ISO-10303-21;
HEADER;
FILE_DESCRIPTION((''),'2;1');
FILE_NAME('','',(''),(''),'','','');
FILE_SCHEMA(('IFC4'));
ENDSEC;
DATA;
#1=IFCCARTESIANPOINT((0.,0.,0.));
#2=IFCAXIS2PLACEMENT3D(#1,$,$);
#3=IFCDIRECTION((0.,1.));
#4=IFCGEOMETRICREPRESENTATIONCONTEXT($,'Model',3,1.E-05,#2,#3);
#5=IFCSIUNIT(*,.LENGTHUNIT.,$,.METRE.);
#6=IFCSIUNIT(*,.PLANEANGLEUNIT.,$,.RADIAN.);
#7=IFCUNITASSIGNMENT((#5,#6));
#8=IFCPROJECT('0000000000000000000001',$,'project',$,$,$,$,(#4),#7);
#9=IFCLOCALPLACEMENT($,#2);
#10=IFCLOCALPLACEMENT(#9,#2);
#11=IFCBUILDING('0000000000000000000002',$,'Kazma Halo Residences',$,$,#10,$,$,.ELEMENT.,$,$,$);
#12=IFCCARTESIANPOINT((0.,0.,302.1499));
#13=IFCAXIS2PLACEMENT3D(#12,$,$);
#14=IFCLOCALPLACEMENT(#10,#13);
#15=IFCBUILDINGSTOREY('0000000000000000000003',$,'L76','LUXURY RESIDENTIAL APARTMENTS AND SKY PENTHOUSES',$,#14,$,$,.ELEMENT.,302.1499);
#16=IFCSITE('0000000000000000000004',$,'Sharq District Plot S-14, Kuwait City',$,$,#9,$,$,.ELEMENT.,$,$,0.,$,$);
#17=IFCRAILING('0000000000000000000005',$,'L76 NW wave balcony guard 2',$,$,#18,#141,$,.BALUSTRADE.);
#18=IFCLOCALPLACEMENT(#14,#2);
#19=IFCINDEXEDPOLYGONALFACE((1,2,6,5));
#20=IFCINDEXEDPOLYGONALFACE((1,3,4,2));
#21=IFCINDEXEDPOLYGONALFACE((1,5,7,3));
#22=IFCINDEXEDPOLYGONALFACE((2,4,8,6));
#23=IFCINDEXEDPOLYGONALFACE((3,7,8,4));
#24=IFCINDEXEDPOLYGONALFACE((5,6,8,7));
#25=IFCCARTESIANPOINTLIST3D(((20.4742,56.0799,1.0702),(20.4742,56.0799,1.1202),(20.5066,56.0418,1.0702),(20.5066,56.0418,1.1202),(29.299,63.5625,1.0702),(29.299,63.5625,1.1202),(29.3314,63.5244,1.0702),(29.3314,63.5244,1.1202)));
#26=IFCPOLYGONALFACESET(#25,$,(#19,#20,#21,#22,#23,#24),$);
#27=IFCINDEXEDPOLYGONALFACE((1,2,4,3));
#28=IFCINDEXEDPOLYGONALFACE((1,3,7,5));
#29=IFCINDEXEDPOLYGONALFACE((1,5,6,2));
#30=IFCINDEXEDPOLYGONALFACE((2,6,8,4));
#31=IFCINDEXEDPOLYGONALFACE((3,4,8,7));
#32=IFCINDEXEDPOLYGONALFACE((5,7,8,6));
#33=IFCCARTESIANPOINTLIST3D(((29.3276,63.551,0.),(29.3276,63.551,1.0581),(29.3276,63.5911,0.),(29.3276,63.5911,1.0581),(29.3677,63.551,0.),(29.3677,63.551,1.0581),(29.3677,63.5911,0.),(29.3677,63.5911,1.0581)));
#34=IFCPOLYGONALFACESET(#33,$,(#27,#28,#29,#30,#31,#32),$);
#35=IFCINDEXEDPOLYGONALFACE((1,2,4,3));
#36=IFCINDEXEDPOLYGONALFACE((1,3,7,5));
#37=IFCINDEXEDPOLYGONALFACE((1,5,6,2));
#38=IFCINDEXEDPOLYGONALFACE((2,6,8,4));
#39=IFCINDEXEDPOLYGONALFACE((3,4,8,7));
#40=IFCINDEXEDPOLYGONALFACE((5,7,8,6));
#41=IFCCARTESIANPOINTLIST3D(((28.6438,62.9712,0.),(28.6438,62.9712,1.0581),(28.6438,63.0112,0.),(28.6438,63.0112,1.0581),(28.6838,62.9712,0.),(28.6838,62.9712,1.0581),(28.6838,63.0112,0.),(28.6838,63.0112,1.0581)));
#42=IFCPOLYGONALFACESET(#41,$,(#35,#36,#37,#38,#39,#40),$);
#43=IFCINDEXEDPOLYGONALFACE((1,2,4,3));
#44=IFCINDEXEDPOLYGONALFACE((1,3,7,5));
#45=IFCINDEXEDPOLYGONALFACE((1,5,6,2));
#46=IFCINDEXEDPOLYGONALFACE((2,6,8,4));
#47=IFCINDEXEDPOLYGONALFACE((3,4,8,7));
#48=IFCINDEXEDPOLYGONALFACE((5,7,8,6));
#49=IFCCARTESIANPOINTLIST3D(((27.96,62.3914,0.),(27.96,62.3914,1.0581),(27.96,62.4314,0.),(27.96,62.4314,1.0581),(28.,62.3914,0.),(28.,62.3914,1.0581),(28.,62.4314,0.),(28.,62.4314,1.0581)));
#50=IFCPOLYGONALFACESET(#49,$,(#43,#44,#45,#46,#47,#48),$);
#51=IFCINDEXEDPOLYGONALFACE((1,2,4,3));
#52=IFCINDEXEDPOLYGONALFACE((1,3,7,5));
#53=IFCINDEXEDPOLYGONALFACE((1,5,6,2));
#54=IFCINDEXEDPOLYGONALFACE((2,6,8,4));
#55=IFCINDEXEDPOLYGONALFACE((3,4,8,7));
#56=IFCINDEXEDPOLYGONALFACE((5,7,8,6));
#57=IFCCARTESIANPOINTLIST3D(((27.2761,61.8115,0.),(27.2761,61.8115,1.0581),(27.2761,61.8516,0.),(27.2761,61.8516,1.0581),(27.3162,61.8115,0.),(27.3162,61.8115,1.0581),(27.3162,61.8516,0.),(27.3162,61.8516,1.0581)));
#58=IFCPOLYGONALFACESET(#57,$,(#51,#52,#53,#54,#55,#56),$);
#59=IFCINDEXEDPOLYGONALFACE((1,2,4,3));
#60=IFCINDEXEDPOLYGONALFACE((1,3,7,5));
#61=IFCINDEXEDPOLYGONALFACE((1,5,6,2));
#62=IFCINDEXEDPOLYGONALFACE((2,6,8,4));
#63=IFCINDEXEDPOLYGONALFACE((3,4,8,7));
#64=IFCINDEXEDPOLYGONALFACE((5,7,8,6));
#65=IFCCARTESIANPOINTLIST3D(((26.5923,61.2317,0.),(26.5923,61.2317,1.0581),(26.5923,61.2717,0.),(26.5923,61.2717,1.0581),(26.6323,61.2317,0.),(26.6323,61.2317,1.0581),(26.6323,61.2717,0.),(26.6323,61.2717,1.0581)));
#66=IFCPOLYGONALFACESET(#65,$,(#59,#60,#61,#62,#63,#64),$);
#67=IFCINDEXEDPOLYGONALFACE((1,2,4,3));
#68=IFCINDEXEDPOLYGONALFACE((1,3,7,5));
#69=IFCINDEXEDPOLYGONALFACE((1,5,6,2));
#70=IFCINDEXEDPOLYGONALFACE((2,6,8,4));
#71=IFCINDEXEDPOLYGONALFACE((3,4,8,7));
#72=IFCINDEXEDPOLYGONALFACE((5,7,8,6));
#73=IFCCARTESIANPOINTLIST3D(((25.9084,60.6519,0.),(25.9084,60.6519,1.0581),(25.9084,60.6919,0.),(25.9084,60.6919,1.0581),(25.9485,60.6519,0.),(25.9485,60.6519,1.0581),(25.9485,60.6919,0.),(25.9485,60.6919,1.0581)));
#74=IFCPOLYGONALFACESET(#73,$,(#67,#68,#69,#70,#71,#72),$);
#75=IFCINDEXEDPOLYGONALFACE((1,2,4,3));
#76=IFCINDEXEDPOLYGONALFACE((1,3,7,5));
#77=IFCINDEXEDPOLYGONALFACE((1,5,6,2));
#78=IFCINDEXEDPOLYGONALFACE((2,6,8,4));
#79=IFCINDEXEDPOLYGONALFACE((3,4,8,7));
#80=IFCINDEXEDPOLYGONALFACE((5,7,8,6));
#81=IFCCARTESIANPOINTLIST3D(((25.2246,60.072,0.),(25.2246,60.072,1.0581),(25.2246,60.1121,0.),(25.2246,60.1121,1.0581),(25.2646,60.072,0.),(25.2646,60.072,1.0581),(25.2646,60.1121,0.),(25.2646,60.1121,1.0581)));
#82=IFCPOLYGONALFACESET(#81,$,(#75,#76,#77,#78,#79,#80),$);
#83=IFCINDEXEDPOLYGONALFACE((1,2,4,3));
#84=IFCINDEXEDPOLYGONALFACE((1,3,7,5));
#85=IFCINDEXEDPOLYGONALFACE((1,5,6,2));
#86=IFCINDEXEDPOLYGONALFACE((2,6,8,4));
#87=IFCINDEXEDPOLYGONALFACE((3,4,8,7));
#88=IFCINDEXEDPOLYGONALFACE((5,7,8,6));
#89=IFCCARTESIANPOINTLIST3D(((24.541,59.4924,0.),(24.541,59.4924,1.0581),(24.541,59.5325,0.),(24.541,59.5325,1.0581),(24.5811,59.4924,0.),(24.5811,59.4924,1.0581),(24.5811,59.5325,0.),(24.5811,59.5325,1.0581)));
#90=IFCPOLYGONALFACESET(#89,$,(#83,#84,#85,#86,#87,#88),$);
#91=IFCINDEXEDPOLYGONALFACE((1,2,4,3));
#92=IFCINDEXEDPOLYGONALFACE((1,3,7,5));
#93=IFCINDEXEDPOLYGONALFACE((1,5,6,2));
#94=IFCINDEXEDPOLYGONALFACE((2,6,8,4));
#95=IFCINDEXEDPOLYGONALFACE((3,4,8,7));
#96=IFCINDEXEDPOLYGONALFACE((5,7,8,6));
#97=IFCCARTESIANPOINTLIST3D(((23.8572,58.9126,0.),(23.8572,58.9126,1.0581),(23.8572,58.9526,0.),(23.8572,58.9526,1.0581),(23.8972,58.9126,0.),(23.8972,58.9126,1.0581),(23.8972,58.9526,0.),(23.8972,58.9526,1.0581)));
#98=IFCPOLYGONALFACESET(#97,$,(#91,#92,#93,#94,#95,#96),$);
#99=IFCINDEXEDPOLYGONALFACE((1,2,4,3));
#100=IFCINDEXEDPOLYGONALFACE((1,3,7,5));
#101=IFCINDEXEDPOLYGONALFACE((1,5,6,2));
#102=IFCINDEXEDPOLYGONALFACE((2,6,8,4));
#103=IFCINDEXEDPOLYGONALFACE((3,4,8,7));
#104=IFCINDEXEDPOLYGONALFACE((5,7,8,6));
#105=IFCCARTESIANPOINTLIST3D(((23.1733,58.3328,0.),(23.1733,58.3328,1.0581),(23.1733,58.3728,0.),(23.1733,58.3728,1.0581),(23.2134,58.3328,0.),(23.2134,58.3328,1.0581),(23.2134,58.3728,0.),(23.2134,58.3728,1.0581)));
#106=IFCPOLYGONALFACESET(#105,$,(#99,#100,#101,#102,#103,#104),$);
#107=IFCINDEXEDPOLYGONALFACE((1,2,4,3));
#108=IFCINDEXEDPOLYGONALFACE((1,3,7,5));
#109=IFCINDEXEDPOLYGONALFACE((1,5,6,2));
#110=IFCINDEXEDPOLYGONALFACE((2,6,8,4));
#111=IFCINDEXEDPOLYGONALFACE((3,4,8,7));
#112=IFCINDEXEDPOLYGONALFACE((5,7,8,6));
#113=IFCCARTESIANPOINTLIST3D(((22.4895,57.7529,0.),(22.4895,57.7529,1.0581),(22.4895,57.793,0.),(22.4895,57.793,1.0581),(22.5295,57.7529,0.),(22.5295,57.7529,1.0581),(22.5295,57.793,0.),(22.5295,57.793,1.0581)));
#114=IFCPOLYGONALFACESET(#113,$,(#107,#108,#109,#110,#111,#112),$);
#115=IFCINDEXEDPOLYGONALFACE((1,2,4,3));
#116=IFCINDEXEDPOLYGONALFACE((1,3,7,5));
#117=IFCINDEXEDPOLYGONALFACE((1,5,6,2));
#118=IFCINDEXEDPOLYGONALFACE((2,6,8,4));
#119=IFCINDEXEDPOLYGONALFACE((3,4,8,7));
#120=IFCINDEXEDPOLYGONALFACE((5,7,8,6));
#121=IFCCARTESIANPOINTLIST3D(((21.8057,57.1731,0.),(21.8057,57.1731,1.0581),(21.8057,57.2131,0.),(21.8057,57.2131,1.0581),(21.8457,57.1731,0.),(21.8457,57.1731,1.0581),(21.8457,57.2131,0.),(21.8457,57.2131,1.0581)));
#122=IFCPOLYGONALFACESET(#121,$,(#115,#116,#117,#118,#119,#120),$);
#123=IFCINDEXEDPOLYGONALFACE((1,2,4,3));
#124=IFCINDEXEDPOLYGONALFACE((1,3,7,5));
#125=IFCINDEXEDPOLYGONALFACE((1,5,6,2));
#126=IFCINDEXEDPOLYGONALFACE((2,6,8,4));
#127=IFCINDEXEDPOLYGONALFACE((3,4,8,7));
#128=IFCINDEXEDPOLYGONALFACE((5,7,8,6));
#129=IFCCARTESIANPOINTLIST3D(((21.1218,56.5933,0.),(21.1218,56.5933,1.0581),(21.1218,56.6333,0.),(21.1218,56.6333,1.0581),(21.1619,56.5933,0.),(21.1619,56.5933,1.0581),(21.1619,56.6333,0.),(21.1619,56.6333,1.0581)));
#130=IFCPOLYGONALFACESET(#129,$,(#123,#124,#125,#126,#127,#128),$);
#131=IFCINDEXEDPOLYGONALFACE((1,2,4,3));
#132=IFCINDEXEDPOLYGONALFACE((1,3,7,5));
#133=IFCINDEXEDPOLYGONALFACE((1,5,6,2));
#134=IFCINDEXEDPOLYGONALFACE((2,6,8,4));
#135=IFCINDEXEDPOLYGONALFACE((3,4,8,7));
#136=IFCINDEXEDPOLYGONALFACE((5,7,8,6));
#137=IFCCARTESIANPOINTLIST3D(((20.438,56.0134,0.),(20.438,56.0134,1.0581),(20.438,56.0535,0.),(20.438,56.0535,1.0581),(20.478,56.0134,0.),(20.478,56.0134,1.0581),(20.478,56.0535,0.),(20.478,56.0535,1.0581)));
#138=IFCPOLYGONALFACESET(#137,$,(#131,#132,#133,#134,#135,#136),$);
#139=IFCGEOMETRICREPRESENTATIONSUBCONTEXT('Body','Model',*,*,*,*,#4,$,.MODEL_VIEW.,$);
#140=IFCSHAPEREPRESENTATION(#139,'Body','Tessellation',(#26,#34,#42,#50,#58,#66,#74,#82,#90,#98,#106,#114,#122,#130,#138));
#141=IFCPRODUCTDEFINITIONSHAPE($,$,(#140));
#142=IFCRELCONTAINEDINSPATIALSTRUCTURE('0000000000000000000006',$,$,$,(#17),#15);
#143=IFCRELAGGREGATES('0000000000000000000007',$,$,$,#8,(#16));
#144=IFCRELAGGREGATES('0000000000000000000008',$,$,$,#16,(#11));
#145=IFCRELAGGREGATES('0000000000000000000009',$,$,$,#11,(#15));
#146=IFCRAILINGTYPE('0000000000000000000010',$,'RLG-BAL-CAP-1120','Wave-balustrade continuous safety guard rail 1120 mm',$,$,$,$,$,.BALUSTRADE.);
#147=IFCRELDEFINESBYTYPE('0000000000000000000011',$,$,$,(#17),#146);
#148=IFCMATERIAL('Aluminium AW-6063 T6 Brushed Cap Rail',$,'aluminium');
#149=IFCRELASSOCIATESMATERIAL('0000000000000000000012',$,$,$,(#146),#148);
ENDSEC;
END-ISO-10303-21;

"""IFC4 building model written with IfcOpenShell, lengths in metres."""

from ifc_helpers import new_model, si_unit, direction, frame, origin, origin_2d, place, context, subcontext, project, spatial, rectangle, extrude, material, type_object, element, save


model = new_model("IFC4")

# Units and contexts
model_context = context("Model", 3, precision=1e-05, world=origin(), true_north=direction((0.0, 1.0)))
body_context = subcontext(model_context, "Body", "Model", "MODEL_VIEW")
ifc_project = project(units=[si_unit("LENGTHUNIT", "METRE"), si_unit("PLANEANGLEUNIT", "RADIAN")], contexts=[model_context])

# Site, building, storey
site_placement = place(None, origin())
site = spatial("IfcSite", under=ifc_project, at=site_placement, Name="Sharq District Plot S-14, Kuwait City", CompositionType="ELEMENT", RefElevation=0.0)
building_placement = place(site_placement, origin())
building = spatial("IfcBuilding", under=site, at=building_placement, Name="Kazma Halo Residences", CompositionType="ELEMENT")
storey_placement = place(building_placement, frame((0.0, 0.0, 302.1499)))
storey = spatial("IfcBuildingStorey", under=building, at=storey_placement, Name="L76", Description="LUXURY RESIDENTIAL APARTMENTS AND SKY PENTHOUSES", CompositionType="ELEMENT", Elevation=302.1499)

# Railing
ifc_material_1 = material(Name="Aluminium AW-6063 T6 Brushed Cap Rail", Category="aluminium")
railing_type = type_object("IfcRailingType", Name="RLG-BAL-CAP-1120", Description="Wave-balustrade continuous safety guard rail 1120 mm", PredefinedType="BALUSTRADE", material=ifc_material_1)
railing_1_placement = place(storey_placement, frame((29.3477, 63.571, 0.0)))
element("IfcRailing", 1, at=railing_1_placement, inside=storey, type_object=railing_type, Name="L76 NW wave balcony guard 2", PredefinedType="BALUSTRADE", context=body_context, shape_type="SweptSolid", body=[
    extrude(rectangle(XDim=0.05, YDim=0.05, at=origin_2d()), frame((-0.0325, -0.0276, 1.0952), z_axis=(-0.762726, -0.646721, 0.0), x_axis=(0.646721, -0.762726, 0.0)), (0.0, 0.0, 1.0), 11.5701),
    extrude(rectangle(XDim=0.04, YDim=0.04, at=origin_2d()), origin(), (0.0, 0.0, 1.0), 1.0581),
    extrude(rectangle(XDim=0.04, YDim=0.04, at=origin_2d()), frame((-0.6838, -0.5798, 0.0)), (0.0, 0.0, 1.0), 1.0581),
    extrude(rectangle(XDim=0.04, YDim=0.04, at=origin_2d()), frame((-1.3677, -1.1597, 0.0)), (0.0, 0.0, 1.0), 1.0581),
    extrude(rectangle(XDim=0.04, YDim=0.04, at=origin_2d()), frame((-2.0515, -1.7395, 0.0)), (0.0, 0.0, 1.0), 1.0581),
    extrude(rectangle(XDim=0.04, YDim=0.04, at=origin_2d()), frame((-2.7354, -2.3193, 0.0)), (0.0, 0.0, 1.0), 1.0581),
    extrude(rectangle(XDim=0.04, YDim=0.04, at=origin_2d()), frame((-3.4192, -2.8992, 0.0)), (0.0, 0.0, 1.0), 1.0581),
    extrude(rectangle(XDim=0.04, YDim=0.04, at=origin_2d()), frame((-4.103, -3.479, 0.0)), (0.0, 0.0, 1.0), 1.0581),
    extrude(rectangle(XDim=0.04, YDim=0.04, at=origin_2d()), frame((-4.7866, -4.0586, 0.0)), (0.0, 0.0, 1.0), 1.0581),
    extrude(rectangle(XDim=0.04, YDim=0.04, at=origin_2d()), frame((-5.4705, -4.6384, 0.0)), (0.0, 0.0, 1.0), 1.0581),
    extrude(rectangle(XDim=0.04, YDim=0.04, at=origin_2d()), frame((-6.1543, -5.2183, 0.0)), (0.0, 0.0, 1.0), 1.0581),
    extrude(rectangle(XDim=0.04, YDim=0.04, at=origin_2d()), frame((-6.8381, -5.7981, 0.0)), (0.0, 0.0, 1.0), 1.0581),
    extrude(rectangle(XDim=0.04, YDim=0.04, at=origin_2d()), frame((-7.522, -6.3779, 0.0)), (0.0, 0.0, 1.0), 1.0581),
    extrude(rectangle(XDim=0.04, YDim=0.04, at=origin_2d()), frame((-8.2058, -6.9578, 0.0)), (0.0, 0.0, 1.0), 1.0581),
    extrude(rectangle(XDim=0.04, YDim=0.04, at=origin_2d()), frame((-8.8896, -7.5376, 0.0)), (0.0, 0.0, 1.0), 1.0581),
])

save(model, "model.ifc")
